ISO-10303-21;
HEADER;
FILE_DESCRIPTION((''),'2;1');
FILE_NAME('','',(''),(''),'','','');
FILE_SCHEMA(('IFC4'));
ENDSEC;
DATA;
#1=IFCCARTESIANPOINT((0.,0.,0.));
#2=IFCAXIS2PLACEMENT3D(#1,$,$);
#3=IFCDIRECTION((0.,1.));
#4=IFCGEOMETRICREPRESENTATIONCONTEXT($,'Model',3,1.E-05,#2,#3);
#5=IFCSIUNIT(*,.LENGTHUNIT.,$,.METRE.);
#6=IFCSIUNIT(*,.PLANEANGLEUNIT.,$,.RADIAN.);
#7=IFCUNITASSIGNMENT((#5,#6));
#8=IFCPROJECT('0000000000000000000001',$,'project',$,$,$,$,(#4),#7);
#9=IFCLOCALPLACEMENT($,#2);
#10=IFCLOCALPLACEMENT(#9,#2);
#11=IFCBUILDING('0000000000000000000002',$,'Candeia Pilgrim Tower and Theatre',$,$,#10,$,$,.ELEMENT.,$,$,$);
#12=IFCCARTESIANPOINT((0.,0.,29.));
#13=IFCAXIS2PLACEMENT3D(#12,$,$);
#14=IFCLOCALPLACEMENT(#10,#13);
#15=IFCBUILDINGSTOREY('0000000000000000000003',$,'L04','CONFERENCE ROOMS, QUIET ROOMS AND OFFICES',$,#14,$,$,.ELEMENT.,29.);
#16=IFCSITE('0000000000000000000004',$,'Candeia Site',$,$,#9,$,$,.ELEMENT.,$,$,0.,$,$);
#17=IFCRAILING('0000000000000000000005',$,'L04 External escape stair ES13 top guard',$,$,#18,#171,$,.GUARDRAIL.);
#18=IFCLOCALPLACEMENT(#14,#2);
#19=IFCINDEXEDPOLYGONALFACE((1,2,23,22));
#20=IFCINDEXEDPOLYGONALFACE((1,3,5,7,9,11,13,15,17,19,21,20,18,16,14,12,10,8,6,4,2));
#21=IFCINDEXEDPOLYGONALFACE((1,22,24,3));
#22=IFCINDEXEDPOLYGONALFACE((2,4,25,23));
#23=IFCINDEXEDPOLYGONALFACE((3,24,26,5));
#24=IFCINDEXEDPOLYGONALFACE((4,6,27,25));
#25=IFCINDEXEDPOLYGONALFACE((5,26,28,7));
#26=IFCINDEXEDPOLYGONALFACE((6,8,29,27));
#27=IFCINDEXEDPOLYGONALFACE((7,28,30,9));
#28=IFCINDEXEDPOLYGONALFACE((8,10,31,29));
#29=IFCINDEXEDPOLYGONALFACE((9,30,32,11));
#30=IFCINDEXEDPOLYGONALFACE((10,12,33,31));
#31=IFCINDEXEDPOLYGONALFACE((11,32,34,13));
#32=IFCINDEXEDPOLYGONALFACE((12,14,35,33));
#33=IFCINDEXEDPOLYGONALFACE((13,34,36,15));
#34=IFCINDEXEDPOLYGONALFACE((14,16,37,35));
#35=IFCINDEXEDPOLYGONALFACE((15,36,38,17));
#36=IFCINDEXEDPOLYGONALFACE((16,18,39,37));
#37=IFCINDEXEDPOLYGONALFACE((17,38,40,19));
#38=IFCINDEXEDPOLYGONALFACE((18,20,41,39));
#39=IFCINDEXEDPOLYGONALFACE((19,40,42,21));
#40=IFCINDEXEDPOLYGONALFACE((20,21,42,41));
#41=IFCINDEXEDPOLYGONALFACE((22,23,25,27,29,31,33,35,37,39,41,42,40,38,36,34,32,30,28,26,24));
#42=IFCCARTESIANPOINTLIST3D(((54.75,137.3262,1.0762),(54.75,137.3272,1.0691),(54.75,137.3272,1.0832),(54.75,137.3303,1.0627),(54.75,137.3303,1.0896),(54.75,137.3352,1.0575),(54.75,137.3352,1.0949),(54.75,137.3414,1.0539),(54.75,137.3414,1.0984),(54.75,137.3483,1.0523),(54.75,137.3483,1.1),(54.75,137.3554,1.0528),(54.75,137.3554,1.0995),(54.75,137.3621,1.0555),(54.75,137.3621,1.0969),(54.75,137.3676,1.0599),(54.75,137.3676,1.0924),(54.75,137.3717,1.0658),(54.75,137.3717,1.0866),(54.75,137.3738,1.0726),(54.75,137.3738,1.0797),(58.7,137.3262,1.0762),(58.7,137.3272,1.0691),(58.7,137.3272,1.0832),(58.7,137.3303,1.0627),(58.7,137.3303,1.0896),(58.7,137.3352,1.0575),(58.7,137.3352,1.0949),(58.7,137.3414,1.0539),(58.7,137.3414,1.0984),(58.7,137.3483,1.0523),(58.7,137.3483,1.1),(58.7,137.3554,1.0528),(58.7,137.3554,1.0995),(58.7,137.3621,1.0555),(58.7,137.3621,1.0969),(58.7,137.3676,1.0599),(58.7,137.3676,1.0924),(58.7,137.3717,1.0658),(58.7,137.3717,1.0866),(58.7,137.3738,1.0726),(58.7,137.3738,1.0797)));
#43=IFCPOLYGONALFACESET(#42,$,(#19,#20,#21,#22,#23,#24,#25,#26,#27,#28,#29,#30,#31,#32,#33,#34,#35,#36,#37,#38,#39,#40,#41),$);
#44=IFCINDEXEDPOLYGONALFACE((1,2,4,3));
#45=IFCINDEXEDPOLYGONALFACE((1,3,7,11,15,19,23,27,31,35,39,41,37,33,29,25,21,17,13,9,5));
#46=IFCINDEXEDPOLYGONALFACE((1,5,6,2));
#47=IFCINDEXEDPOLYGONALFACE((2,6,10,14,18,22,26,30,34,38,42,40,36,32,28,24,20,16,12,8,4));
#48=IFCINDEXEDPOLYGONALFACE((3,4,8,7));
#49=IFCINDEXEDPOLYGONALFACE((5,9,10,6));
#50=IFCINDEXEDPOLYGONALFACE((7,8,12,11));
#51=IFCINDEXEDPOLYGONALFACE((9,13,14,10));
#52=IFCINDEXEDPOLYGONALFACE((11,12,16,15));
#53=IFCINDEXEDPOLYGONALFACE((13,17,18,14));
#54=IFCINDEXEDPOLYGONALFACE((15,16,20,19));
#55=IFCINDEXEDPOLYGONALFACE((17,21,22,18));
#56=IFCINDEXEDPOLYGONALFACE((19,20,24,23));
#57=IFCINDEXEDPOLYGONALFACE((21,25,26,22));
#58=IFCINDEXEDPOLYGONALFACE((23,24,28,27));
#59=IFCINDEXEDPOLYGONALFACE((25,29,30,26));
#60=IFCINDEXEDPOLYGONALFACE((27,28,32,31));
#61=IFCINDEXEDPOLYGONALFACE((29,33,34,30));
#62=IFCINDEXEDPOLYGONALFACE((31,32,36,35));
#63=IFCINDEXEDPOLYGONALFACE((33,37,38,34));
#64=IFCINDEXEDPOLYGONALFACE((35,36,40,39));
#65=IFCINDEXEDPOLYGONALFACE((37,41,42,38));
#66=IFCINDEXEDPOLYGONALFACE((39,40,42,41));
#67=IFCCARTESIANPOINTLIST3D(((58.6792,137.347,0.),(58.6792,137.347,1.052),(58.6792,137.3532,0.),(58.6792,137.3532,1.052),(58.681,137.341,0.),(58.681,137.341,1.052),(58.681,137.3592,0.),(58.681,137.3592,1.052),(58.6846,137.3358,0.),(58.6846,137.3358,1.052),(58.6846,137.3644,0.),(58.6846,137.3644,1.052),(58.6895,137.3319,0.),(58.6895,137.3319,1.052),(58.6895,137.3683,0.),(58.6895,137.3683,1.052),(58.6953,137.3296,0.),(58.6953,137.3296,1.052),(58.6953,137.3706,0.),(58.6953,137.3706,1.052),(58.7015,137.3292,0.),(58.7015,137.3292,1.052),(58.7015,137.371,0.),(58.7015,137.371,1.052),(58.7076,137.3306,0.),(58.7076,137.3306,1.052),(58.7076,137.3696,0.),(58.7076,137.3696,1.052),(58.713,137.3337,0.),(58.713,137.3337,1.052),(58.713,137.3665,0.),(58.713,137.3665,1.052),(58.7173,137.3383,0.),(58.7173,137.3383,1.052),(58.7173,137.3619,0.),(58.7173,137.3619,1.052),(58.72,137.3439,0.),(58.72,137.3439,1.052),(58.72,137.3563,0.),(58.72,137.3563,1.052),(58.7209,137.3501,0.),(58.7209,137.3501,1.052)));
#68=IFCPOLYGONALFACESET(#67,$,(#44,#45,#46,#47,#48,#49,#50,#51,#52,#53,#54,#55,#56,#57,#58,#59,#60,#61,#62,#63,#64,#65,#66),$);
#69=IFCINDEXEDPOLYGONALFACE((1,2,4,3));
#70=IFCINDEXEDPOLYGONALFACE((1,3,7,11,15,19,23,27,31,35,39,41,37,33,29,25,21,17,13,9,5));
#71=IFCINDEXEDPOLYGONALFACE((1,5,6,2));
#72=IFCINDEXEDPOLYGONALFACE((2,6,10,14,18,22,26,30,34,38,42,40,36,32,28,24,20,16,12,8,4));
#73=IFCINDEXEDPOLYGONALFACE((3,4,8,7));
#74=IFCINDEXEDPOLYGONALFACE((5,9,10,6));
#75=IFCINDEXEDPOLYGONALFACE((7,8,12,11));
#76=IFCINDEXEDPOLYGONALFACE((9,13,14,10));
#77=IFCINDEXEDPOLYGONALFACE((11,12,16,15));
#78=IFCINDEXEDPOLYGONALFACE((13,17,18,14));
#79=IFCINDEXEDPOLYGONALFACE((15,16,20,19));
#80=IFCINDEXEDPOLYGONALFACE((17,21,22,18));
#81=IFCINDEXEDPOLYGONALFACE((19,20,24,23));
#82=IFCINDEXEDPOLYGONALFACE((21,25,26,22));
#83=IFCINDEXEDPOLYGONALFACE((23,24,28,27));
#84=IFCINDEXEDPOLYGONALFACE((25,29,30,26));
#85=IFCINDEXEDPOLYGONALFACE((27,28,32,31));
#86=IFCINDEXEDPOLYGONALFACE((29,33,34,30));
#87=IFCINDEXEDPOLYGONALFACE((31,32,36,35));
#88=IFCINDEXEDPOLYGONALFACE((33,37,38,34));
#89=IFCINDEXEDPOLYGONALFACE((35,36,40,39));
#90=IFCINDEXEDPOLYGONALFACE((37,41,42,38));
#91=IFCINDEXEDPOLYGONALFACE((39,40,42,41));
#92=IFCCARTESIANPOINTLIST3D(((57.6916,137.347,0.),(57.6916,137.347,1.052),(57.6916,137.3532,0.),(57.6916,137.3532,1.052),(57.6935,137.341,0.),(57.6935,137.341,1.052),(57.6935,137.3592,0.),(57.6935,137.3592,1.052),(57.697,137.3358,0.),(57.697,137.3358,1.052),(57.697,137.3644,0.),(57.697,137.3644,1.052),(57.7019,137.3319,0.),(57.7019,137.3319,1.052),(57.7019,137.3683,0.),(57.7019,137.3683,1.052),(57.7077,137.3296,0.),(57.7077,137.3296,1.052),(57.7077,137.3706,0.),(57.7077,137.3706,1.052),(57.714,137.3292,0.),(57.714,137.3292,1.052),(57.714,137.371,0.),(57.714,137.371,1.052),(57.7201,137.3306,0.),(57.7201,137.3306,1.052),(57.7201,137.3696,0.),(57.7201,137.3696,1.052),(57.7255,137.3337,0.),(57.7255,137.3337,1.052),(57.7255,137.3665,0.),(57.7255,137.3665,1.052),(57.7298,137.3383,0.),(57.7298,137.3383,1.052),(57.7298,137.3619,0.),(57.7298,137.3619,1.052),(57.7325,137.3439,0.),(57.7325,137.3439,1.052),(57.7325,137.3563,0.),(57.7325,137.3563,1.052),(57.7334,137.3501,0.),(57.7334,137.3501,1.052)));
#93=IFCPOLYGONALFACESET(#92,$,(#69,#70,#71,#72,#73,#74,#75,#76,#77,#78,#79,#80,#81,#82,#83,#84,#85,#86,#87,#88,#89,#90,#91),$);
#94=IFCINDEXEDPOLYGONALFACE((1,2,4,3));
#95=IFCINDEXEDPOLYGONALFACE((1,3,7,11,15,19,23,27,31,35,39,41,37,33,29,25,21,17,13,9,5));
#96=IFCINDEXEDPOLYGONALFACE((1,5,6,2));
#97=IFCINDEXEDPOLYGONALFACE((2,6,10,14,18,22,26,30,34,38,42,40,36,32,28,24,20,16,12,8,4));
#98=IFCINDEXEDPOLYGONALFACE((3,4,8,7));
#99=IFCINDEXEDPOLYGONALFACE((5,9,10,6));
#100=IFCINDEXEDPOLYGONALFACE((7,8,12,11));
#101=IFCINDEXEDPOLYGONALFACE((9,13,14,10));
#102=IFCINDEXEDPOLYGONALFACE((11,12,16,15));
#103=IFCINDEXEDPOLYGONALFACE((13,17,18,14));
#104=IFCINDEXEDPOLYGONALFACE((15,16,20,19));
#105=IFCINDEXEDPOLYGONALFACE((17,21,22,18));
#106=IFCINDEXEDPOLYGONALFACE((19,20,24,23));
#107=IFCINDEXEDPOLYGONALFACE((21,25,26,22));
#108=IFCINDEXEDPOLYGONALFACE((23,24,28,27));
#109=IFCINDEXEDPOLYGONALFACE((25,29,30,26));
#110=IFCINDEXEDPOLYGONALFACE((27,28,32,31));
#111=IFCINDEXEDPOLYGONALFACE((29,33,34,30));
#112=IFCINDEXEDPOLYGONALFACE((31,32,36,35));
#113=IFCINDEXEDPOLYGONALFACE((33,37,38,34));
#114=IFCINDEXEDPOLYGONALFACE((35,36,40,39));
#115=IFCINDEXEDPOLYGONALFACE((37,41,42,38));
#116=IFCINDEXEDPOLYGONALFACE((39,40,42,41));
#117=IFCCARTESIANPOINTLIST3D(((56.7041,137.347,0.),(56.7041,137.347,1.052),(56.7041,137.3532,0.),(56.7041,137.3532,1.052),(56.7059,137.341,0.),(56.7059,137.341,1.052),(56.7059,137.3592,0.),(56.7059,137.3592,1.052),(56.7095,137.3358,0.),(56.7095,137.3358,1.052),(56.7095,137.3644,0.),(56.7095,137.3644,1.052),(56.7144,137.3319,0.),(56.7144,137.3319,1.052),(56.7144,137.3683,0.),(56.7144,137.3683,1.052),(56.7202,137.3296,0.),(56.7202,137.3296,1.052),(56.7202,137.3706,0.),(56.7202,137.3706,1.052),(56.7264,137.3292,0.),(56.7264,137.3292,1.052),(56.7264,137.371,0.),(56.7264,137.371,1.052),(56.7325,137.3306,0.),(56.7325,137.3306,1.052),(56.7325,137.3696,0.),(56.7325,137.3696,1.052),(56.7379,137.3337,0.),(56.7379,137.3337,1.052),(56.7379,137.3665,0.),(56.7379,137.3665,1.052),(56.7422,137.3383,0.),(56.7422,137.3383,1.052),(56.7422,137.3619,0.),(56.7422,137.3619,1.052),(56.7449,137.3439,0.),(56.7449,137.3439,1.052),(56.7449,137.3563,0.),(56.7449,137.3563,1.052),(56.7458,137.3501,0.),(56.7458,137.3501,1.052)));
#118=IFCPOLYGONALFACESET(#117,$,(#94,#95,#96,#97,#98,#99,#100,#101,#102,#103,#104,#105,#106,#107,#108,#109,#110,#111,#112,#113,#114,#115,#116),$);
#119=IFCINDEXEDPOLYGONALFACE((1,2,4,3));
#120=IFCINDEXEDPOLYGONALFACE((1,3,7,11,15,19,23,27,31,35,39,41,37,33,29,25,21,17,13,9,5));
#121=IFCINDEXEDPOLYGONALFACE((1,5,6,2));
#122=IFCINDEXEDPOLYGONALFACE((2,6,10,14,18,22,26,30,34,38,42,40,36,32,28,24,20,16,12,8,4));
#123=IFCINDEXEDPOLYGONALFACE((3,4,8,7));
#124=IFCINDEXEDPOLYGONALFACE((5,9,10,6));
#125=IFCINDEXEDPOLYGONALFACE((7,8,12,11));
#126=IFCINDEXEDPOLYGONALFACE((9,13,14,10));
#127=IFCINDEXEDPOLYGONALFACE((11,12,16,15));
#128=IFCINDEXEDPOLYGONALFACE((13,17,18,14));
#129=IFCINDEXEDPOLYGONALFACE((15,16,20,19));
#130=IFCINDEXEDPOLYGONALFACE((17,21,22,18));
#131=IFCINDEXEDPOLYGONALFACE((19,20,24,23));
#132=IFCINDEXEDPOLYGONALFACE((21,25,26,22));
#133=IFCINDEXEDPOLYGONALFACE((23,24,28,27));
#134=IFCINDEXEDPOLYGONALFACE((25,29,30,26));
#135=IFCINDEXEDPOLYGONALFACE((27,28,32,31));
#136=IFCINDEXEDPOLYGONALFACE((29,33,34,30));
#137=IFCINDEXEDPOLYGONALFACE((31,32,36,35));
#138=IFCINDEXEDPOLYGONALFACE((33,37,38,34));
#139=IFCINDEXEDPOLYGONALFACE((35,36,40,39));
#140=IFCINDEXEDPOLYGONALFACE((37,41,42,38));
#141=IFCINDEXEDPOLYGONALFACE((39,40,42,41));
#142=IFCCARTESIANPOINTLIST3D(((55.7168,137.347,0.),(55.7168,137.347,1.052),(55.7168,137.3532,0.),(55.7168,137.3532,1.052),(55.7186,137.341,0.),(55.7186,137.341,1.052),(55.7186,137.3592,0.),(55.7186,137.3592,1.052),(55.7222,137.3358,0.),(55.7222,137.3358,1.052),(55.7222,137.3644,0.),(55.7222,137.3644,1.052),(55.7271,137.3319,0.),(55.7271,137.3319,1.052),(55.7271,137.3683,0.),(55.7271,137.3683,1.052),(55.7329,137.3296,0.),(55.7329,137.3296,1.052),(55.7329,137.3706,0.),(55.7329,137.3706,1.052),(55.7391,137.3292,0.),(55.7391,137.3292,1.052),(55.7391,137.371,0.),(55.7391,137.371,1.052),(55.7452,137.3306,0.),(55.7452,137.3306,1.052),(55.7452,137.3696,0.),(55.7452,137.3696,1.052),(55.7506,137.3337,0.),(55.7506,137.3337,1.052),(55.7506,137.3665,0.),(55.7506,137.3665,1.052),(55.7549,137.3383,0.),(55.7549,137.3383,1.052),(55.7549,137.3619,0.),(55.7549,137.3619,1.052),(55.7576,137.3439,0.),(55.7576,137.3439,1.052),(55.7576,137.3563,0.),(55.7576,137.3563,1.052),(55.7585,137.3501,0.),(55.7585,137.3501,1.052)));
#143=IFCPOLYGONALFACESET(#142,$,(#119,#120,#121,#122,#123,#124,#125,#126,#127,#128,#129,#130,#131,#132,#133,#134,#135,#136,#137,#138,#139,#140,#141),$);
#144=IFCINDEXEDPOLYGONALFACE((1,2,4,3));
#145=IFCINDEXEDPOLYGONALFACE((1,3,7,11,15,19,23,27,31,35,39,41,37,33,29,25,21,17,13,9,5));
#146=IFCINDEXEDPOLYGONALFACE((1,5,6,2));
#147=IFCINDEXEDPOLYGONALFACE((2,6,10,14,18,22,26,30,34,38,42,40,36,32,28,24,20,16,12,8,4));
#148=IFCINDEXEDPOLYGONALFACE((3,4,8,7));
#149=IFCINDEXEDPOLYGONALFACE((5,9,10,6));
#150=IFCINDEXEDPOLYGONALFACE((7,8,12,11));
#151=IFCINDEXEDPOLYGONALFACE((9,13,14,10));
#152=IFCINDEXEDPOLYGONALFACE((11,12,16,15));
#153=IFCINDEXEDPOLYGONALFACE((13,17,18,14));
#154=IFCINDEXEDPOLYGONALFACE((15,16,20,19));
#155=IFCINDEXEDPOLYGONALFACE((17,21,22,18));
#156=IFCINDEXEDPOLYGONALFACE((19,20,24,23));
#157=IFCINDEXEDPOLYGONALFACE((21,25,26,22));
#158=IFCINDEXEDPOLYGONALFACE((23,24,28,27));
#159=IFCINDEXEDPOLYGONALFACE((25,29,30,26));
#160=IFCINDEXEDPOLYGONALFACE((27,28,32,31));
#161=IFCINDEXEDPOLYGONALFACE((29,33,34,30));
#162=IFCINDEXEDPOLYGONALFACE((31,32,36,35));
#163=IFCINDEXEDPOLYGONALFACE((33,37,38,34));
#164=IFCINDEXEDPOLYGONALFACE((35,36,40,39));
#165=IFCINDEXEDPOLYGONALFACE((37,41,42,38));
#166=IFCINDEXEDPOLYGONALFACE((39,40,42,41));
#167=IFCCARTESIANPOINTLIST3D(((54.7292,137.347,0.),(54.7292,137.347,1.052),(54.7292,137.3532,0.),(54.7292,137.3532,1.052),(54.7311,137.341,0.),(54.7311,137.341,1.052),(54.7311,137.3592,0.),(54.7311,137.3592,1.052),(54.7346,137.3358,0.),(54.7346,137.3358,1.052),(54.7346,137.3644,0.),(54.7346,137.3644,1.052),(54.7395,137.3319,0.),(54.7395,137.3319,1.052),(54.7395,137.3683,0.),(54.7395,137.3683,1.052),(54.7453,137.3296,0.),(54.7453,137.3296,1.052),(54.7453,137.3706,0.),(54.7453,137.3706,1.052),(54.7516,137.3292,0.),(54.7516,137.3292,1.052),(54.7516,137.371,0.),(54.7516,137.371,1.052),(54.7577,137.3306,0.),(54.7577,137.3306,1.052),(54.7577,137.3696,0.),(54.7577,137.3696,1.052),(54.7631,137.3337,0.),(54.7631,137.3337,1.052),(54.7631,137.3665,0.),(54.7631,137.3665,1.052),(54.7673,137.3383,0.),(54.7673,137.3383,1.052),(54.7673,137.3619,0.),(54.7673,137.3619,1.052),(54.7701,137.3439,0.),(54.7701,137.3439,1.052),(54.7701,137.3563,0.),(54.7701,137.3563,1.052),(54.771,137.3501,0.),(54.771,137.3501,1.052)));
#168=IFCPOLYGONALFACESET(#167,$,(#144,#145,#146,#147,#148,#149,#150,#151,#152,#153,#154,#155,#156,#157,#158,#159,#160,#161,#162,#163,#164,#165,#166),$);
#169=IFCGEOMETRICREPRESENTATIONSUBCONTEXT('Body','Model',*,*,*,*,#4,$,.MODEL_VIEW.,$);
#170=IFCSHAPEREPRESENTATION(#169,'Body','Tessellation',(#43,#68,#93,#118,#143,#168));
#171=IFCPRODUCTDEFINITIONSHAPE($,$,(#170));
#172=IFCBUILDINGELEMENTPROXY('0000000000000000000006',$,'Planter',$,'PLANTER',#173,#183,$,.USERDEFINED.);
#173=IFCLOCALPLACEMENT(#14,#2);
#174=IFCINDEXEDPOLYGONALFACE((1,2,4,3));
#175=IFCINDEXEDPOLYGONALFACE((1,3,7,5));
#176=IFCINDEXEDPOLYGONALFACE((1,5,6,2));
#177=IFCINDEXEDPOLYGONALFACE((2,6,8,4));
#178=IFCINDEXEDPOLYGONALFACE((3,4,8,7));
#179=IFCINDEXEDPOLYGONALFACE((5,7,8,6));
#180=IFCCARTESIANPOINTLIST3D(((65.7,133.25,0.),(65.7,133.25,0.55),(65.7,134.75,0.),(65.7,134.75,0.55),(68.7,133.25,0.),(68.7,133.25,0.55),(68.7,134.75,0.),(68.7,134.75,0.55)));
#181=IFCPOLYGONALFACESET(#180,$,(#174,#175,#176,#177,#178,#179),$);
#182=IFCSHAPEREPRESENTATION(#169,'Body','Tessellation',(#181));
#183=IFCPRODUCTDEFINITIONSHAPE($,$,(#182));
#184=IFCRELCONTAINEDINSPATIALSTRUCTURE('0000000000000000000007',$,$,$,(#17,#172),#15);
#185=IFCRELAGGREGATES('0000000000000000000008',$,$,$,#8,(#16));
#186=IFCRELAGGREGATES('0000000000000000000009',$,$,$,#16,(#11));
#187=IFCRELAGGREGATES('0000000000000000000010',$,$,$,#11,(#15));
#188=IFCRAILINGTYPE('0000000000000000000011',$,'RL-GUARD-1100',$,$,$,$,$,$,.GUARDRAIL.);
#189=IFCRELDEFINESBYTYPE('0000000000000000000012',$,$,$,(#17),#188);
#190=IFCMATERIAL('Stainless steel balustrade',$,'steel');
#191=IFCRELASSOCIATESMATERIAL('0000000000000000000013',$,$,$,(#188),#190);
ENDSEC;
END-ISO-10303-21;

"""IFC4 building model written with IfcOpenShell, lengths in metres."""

from ifc_helpers import new_model, si_unit, direction, frame, origin, origin_2d, place, context, subcontext, project, spatial, rectangle, circle, extrude, material, type_object, element, save


model = new_model("IFC4")

# Units and contexts
model_context = context("Model", 3, precision=1e-05, world=origin(), true_north=direction((0.0, 1.0)))
body_context = subcontext(model_context, "Body", "Model", "MODEL_VIEW")
ifc_project = project(units=[si_unit("LENGTHUNIT", "METRE"), si_unit("PLANEANGLEUNIT", "RADIAN")], contexts=[model_context])

# Site, building, storey
site_placement = place(None, origin())
site = spatial("IfcSite", under=ifc_project, at=site_placement, Name="Candeia Site", CompositionType="ELEMENT", RefElevation=0.0)
building_placement = place(site_placement, origin())
building = spatial("IfcBuilding", under=site, at=building_placement, Name="Candeia Pilgrim Tower and Theatre", CompositionType="ELEMENT")
storey_placement = place(building_placement, frame((0.0, 0.0, 29.0)))
storey = spatial("IfcBuildingStorey", under=building, at=storey_placement, Name="L04", Description="CONFERENCE ROOMS, QUIET ROOMS AND OFFICES", CompositionType="ELEMENT", Elevation=29.0)

# Railing
ifc_material_1 = material(Name="Stainless steel balustrade", Category="steel")
railing_type_1 = type_object("IfcRailingType", Name="RL-GUARD-1100", PredefinedType="GUARDRAIL", material=ifc_material_1)
railing_1_placement = place(storey_placement, frame((58.7, 137.3501, 0.0)))
element("IfcRailing", 1, at=railing_1_placement, inside=storey, type_object=railing_type_1, Name="L04 External escape stair ES13 top guard", PredefinedType="GUARDRAIL", context=body_context, shape_type="SweptSolid", body=[
    extrude(circle(Radius=0.0239, at=origin_2d()), frame((0.0, 0.0, 1.0762), z_axis=(-1.0, 0.0, 0.0), x_axis=(0.0, -1.0, 0.0)), (0.0, 0.0, 1.0), 3.95),
    extrude(circle(Radius=0.021, at=origin_2d()), origin(), (0.0, 0.0, 1.0), 1.052),
    extrude(circle(Radius=0.021, at=origin_2d()), frame((-0.9875, 0.0, 0.0)), (0.0, 0.0, 1.0), 1.052),
    extrude(circle(Radius=0.021, at=origin_2d()), frame((-1.9751, 0.0, 0.0)), (0.0, 0.0, 1.0), 1.052),
    extrude(circle(Radius=0.021, at=origin_2d()), frame((-2.9624, 0.0, 0.0)), (0.0, 0.0, 1.0), 1.052),
    extrude(circle(Radius=0.021, at=origin_2d()), frame((-3.95, 0.0, 0.0)), (0.0, 0.0, 1.0), 1.052),
])

# Building element proxy
proxy_placement = place(storey_placement, frame((67.2, 134.0, 0.0), z_axis=(0.0, 0.0, 1.0), x_axis=(1.0, 0.0, 0.0)))
element("IfcBuildingElementProxy", 2, at=proxy_placement, inside=storey, Name="Planter", ObjectType="PLANTER", PredefinedType="USERDEFINED", context=body_context, shape_type="SweptSolid", body=[
    extrude(rectangle(XDim=3.0, YDim=1.5, at=origin_2d()), origin(), (0.0, 0.0, 1.0), 0.55),
])

save(model, "model.ifc")
